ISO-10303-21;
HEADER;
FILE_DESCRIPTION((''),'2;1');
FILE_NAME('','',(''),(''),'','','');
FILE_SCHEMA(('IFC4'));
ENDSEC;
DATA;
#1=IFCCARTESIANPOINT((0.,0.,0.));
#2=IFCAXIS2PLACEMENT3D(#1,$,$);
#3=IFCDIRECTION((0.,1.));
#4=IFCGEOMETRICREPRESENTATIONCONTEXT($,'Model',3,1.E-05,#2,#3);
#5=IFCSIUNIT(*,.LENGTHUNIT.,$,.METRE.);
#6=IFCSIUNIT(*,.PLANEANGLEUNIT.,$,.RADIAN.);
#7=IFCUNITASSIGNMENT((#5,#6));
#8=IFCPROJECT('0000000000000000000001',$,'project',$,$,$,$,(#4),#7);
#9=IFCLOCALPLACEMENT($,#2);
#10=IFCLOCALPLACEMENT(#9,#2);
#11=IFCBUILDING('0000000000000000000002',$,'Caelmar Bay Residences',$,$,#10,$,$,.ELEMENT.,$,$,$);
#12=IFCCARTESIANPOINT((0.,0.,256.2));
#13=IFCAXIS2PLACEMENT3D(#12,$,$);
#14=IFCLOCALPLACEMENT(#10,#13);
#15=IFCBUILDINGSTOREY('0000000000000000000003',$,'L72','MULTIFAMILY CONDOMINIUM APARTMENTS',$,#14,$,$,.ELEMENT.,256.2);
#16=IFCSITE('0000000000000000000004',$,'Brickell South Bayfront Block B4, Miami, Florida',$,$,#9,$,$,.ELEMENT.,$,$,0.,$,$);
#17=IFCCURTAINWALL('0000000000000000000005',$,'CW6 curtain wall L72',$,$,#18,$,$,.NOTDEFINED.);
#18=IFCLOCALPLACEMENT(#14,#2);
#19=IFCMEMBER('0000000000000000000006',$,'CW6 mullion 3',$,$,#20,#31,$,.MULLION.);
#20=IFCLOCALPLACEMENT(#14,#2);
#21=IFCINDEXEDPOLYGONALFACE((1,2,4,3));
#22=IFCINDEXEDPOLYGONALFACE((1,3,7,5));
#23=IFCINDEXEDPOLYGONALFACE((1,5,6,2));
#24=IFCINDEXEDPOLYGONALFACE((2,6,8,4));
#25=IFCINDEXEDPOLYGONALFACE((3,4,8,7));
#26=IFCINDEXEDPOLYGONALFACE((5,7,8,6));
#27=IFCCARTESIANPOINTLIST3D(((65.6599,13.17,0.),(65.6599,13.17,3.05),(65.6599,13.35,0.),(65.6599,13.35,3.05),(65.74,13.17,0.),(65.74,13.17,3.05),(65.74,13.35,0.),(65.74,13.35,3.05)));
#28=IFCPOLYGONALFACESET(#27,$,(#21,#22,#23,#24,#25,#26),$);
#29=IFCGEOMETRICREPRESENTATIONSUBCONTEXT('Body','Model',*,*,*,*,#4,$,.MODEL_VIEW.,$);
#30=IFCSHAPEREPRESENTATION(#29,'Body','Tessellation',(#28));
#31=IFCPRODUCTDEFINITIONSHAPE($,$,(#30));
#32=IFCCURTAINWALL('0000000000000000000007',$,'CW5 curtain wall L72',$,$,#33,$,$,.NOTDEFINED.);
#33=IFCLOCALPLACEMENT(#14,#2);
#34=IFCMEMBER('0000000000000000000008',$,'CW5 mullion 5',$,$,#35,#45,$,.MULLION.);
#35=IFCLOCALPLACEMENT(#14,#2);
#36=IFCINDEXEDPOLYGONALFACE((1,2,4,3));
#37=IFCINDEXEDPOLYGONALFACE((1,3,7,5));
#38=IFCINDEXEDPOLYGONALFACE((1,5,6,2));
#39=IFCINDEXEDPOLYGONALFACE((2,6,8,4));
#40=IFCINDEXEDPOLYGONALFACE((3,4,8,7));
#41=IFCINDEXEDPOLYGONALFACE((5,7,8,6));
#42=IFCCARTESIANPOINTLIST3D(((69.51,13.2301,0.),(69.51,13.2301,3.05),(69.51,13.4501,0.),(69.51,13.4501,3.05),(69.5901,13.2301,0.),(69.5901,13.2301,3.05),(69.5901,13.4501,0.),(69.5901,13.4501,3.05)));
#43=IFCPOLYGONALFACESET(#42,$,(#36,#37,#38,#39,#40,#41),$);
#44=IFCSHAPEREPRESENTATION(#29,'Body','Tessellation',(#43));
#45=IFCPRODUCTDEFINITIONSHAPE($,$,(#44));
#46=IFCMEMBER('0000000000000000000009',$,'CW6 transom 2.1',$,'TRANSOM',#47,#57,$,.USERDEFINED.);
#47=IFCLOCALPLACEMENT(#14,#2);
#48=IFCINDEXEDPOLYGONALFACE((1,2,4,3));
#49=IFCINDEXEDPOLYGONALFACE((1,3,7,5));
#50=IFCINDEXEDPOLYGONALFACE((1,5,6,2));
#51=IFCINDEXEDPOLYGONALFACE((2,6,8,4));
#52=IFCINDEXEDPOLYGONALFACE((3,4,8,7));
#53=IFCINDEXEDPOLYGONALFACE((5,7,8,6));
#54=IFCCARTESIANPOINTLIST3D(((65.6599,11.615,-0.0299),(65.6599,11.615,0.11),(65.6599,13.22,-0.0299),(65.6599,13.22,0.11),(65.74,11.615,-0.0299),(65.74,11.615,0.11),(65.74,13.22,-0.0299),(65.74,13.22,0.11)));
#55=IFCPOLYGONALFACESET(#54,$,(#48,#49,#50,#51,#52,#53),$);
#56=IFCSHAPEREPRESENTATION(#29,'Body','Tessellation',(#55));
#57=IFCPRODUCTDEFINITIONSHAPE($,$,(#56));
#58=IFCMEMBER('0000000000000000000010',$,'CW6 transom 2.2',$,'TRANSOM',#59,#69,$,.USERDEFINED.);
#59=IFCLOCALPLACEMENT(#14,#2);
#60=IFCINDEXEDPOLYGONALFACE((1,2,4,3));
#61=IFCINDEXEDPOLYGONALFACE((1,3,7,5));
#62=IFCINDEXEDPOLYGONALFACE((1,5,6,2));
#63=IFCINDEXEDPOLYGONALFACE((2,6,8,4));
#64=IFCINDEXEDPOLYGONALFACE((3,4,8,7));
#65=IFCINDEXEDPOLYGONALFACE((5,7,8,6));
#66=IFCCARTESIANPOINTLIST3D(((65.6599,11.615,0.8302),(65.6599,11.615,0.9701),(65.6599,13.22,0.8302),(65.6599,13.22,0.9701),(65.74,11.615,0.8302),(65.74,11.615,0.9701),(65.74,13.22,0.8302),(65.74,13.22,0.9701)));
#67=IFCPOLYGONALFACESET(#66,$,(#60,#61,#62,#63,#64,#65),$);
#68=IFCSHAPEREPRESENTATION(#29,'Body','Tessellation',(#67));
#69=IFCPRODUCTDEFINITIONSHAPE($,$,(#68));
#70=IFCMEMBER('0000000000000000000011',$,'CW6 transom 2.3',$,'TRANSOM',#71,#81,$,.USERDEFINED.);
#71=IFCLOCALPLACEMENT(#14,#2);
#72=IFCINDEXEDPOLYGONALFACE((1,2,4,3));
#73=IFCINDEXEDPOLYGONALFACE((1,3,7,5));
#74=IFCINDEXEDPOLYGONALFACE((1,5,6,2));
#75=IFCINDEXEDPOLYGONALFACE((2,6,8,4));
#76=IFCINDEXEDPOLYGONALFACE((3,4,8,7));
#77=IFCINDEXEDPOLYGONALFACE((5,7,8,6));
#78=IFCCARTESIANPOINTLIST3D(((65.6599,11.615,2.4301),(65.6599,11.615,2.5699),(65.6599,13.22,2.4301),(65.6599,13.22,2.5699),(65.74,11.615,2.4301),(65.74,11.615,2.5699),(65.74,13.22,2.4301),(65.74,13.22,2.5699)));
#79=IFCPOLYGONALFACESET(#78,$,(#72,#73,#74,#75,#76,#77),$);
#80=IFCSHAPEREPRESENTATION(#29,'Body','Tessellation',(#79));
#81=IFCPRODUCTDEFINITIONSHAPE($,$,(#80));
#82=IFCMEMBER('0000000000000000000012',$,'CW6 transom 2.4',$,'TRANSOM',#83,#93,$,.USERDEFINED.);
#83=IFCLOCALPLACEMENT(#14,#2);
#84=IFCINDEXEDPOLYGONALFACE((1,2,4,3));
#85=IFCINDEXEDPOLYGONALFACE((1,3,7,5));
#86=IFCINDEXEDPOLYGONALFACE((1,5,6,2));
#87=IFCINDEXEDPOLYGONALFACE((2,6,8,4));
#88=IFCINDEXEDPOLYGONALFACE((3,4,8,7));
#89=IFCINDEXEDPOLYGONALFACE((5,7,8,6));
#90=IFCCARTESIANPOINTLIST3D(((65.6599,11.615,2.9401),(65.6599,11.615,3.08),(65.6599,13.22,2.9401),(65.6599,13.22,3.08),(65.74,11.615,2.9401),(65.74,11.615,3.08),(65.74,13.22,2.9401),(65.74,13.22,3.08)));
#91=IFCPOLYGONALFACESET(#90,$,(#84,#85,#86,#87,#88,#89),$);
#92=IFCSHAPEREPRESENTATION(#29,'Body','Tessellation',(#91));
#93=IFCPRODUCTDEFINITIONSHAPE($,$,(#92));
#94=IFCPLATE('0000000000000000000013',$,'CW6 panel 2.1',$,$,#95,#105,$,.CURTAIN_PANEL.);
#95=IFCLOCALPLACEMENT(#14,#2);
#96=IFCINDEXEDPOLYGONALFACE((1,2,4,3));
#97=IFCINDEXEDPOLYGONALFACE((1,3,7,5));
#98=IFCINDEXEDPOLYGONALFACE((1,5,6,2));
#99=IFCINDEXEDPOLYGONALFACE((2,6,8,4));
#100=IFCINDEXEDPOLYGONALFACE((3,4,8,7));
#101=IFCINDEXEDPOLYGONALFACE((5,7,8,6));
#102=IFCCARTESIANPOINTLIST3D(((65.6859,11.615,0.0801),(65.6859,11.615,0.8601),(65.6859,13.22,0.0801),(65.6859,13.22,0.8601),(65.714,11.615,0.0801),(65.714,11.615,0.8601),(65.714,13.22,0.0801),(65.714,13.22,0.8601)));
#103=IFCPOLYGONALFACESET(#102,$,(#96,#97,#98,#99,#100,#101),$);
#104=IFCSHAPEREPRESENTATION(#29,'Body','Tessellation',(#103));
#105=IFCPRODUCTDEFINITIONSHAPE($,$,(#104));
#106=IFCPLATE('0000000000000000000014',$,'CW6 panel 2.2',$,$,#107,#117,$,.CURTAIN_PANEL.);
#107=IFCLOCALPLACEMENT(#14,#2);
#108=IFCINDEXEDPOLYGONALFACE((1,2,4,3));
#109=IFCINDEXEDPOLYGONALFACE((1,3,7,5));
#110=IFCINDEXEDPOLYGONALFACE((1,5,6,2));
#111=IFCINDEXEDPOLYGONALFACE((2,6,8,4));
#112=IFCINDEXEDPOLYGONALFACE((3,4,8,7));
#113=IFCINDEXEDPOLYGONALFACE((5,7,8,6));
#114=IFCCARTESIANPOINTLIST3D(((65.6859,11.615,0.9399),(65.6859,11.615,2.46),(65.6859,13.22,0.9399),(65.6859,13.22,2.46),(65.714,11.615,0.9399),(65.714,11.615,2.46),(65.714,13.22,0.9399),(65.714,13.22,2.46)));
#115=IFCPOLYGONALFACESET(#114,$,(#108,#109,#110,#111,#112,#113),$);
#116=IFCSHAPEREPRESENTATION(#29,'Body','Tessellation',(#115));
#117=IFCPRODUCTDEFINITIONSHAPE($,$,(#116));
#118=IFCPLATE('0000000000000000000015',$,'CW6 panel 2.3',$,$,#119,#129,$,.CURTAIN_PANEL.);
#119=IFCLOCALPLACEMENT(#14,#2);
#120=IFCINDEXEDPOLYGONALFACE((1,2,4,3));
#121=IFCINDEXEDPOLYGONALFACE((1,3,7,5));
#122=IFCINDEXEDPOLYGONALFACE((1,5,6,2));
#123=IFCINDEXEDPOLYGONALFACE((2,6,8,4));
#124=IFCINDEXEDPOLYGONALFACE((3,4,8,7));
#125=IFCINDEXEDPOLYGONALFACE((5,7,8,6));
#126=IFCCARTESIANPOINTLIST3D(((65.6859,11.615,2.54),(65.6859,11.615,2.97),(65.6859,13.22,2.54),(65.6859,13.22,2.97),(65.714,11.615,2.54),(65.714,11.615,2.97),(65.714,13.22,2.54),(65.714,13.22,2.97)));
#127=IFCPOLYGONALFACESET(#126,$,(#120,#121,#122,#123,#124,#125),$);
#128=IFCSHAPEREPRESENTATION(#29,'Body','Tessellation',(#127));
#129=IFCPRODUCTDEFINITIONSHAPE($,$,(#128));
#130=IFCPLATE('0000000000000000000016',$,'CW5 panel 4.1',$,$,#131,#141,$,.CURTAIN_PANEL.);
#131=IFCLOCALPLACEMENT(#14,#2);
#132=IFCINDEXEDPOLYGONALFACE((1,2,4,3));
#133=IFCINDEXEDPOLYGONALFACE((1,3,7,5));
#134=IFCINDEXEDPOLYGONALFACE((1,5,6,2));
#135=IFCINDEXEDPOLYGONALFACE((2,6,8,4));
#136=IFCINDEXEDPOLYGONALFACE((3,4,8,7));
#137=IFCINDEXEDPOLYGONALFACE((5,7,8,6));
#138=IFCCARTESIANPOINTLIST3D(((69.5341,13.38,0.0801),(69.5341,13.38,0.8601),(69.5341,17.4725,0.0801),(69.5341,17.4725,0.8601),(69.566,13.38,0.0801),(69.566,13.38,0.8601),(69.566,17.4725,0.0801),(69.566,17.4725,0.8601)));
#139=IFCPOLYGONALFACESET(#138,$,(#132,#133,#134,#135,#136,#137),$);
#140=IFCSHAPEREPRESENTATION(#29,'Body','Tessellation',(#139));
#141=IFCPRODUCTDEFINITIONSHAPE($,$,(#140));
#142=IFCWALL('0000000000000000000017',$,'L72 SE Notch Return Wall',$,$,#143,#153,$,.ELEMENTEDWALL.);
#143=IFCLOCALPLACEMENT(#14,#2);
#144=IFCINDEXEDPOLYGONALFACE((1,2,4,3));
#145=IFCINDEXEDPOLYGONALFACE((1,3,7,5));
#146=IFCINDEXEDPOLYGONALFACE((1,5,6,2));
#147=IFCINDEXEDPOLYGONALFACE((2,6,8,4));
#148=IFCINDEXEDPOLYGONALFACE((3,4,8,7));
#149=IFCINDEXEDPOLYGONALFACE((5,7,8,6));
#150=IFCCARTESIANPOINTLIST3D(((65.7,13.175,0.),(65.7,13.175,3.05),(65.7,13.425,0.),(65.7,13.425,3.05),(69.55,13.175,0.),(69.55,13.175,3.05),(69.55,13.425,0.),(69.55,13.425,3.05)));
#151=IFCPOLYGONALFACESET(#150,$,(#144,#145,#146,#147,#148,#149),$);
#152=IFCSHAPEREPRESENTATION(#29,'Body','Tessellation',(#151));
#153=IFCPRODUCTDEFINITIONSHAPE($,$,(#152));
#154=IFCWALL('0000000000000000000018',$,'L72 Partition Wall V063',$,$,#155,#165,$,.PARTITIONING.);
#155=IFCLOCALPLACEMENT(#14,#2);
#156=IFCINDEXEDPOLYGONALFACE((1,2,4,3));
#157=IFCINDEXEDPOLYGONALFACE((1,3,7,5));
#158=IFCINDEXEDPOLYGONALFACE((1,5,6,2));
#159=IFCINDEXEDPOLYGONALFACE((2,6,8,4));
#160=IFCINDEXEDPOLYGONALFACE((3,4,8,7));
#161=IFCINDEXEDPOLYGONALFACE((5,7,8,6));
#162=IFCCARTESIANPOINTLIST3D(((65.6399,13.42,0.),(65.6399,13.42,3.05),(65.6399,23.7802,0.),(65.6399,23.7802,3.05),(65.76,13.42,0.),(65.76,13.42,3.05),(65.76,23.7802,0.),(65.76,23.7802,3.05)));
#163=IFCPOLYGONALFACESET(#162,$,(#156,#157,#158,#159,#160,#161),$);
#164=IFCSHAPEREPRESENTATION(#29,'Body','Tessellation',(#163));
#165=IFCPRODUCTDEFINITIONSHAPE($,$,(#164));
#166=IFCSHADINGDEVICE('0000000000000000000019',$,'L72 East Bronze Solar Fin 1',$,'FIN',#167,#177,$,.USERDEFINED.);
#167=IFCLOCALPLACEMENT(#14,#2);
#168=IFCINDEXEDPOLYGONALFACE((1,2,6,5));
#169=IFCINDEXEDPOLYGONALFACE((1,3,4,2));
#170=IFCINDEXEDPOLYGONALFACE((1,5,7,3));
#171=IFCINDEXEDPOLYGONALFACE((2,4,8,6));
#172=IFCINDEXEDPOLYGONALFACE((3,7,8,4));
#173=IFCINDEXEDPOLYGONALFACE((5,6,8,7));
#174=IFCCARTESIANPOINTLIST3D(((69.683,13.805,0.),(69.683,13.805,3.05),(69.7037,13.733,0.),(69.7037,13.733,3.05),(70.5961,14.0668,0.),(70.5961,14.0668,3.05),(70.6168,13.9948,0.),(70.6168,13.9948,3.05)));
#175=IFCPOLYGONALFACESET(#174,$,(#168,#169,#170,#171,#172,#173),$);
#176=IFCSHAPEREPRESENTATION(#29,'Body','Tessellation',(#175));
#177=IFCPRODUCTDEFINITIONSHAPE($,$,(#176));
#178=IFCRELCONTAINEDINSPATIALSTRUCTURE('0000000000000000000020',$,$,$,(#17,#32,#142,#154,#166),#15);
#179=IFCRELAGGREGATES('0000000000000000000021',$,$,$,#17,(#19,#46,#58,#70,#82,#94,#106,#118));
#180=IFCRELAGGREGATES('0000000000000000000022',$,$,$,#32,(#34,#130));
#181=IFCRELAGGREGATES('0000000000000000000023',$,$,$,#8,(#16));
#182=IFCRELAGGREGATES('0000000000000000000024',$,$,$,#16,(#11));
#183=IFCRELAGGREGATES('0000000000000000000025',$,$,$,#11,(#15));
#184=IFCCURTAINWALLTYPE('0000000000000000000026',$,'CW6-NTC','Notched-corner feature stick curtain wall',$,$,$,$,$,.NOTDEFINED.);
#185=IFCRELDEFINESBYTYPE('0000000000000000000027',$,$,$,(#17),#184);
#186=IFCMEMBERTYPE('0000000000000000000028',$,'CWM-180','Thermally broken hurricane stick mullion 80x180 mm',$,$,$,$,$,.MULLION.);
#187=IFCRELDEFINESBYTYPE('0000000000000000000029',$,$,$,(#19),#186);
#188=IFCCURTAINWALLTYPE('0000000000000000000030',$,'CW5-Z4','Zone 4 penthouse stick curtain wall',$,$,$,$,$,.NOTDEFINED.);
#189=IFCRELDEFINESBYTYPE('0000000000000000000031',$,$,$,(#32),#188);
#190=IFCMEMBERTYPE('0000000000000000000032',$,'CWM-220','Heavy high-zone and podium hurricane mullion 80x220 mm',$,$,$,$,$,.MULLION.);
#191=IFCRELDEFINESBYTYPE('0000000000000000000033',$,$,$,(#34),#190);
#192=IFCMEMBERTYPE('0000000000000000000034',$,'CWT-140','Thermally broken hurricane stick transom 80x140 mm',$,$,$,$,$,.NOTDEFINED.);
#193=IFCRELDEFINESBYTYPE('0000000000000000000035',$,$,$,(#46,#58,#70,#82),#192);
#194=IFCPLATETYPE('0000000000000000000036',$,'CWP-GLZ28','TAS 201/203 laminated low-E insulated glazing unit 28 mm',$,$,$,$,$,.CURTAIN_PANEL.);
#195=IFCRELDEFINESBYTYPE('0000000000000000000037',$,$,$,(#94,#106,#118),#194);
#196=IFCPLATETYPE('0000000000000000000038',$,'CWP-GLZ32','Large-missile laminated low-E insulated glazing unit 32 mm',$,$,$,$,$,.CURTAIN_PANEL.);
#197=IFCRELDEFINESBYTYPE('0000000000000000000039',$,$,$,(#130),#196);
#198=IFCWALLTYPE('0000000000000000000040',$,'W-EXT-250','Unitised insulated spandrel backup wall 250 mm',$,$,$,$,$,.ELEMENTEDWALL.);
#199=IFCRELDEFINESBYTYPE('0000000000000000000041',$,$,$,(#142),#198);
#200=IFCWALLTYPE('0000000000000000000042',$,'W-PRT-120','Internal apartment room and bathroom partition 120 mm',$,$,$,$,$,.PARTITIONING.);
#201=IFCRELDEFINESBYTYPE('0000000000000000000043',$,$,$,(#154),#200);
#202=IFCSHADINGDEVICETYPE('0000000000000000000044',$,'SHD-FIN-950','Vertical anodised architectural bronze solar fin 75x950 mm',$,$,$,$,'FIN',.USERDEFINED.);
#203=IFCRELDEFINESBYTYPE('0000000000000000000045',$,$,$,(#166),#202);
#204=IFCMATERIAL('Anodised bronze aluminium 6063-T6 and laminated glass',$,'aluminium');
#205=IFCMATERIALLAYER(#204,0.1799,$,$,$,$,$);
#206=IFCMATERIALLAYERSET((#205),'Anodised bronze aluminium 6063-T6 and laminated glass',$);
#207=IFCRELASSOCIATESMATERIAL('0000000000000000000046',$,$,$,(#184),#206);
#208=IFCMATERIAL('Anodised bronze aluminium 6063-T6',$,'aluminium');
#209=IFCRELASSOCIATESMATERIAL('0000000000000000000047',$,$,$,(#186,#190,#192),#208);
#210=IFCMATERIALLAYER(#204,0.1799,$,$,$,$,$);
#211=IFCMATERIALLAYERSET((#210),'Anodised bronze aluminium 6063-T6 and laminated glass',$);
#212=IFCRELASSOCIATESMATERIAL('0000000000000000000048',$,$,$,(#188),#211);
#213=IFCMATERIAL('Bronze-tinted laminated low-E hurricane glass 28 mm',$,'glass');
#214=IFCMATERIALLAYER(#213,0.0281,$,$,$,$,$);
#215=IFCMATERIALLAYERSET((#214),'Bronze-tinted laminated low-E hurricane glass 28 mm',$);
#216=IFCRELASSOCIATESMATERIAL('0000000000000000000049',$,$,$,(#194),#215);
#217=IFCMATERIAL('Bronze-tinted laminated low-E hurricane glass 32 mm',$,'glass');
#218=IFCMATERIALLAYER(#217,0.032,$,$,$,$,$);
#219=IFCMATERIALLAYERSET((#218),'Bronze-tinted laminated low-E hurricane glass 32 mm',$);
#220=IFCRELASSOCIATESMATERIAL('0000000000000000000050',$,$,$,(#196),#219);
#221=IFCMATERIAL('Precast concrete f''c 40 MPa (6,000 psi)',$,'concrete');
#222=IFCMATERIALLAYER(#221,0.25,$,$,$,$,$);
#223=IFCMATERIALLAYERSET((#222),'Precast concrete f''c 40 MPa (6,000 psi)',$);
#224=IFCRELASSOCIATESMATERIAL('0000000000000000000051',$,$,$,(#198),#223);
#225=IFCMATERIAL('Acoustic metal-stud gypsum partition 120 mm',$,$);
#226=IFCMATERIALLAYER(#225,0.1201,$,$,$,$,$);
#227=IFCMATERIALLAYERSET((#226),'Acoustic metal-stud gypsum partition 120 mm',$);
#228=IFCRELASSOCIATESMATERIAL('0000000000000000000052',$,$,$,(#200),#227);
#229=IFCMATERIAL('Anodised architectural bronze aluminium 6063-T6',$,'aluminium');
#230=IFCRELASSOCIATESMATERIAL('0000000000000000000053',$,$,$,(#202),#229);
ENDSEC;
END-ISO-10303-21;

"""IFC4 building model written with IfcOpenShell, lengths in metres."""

from ifc_helpers import new_model, si_unit, direction, frame, frame_2d, origin, origin_2d, place, context, subcontext, project, spatial, rectangle, extrude, material, layer, layer_set, material_profile, profile_set, type_object, element, aggregate, save


model = new_model("IFC4")

# Units and contexts
model_context = context("Model", 3, precision=1e-05, world=origin(), true_north=direction((0.0, 1.0)))
body_context = subcontext(model_context, "Body", "Model", "MODEL_VIEW")
ifc_project = project(units=[si_unit("LENGTHUNIT", "METRE"), si_unit("PLANEANGLEUNIT", "RADIAN")], contexts=[model_context])

# Site, building, storey
site_placement = place(None, origin())
site = spatial("IfcSite", under=ifc_project, at=site_placement, Name="Brickell South Bayfront Block B4, Miami, Florida", CompositionType="ELEMENT", RefElevation=0.0)
building_placement = place(site_placement, origin())
building = spatial("IfcBuilding", under=site, at=building_placement, Name="Caelmar Bay Residences", CompositionType="ELEMENT")
storey_placement = place(building_placement, frame((0.0, 0.0, 256.2)))
storey = spatial("IfcBuildingStorey", under=building, at=storey_placement, Name="L72", Description="MULTIFAMILY CONDOMINIUM APARTMENTS", CompositionType="ELEMENT", Elevation=256.2)

# Curtain walls, members
ifc_material_1 = material(Name="Anodised bronze aluminium 6063-T6 and laminated glass", Category="aluminium")
ifc_layer_1 = layer(ifc_material_1, 0.1799)
ifc_layer_set_1 = layer_set([ifc_layer_1], Name="Anodised bronze aluminium 6063-T6 and laminated glass")
curtain_wall_type_1 = type_object("IfcCurtainWallType", Name="CW6-NTC", Description="Notched-corner feature stick curtain wall", PredefinedType="NOTDEFINED", material=ifc_layer_set_1)
curtain_wall_1_placement = place(storey_placement, origin())
curtain_wall_1 = element("IfcCurtainWall", 1, at=curtain_wall_1_placement, inside=storey, type_object=curtain_wall_type_1, Name="CW6 curtain wall L72", PredefinedType="NOTDEFINED")
ifc_material_2 = material(Name="Anodised bronze aluminium 6063-T6", Category="aluminium")
ifc_material_profile_1 = material_profile(ifc_material_2, rectangle(XDim=0.0801, YDim=0.1799, at=origin_2d()), Name="CWM-80X180")
ifc_profile_set_1 = profile_set([ifc_material_profile_1], Name="Anodised bronze aluminium 6063-T6")
member_type_1 = type_object("IfcMemberType", Name="CWM-180", Description="Thermally broken hurricane stick mullion 80x180 mm", PredefinedType="MULLION", material=ifc_profile_set_1)
member_1_placement = place(storey_placement, frame((65.7, 13.26, 0.0), z_axis=(0.0, 0.0, 1.0), x_axis=(-1.0, 0.0, 0.0)))
member_1 = element("IfcMember", 2, at=member_1_placement, type_object=member_type_1, Name="CW6 mullion 3", PredefinedType="MULLION", context=body_context, shape_type="SweptSolid", body=[
    extrude(rectangle(XDim=0.0801, YDim=0.1799, at=origin_2d()), origin(), (0.0, 0.0, 1.0), 3.05),
])
ifc_layer_2 = layer(ifc_material_1, 0.1799)
ifc_layer_set_2 = layer_set([ifc_layer_2], Name="Anodised bronze aluminium 6063-T6 and laminated glass")
curtain_wall_type_2 = type_object("IfcCurtainWallType", Name="CW5-Z4", Description="Zone 4 penthouse stick curtain wall", PredefinedType="NOTDEFINED", material=ifc_layer_set_2)
curtain_wall_2_placement = place(storey_placement, origin())
curtain_wall_2 = element("IfcCurtainWall", 3, at=curtain_wall_2_placement, inside=storey, type_object=curtain_wall_type_2, Name="CW5 curtain wall L72", PredefinedType="NOTDEFINED")
ifc_material_profile_2 = material_profile(ifc_material_2, rectangle(XDim=0.0801, YDim=0.22, at=origin_2d()), Name="CWM-80X220")
ifc_profile_set_2 = profile_set([ifc_material_profile_2], Name="Anodised bronze aluminium 6063-T6")
member_type_2 = type_object("IfcMemberType", Name="CWM-220", Description="Heavy high-zone and podium hurricane mullion 80x220 mm", PredefinedType="MULLION", material=ifc_profile_set_2)
member_2_placement = place(storey_placement, frame((69.55, 13.3401, 0.0), z_axis=(0.0, 0.0, 1.0), x_axis=(1.0, 0.0, 0.0)))
member_2 = element("IfcMember", 4, at=member_2_placement, type_object=member_type_2, Name="CW5 mullion 5", PredefinedType="MULLION", context=body_context, shape_type="SweptSolid", body=[
    extrude(rectangle(XDim=0.0801, YDim=0.22, at=origin_2d()), origin(), (0.0, 0.0, 1.0), 3.05),
])

# Members
ifc_material_profile_3 = material_profile(ifc_material_2, rectangle(XDim=0.0801, YDim=0.1399, at=origin_2d()), Name="CWT-80X140")
ifc_profile_set_3 = profile_set([ifc_material_profile_3], Name="Anodised bronze aluminium 6063-T6")
member_type_3 = type_object("IfcMemberType", Name="CWT-140", Description="Thermally broken hurricane stick transom 80x140 mm", PredefinedType="NOTDEFINED", material=ifc_profile_set_3)
member_3_placement = place(storey_placement, frame((65.7, 11.615, 0.04), z_axis=(0.0, 1.0, 0.0), x_axis=(-1.0, 0.0, 0.0)))
member_3 = element("IfcMember", 5, at=member_3_placement, type_object=member_type_3, Name="CW6 transom 2.1", ObjectType="TRANSOM", PredefinedType="USERDEFINED", context=body_context, shape_type="SweptSolid", body=[
    extrude(rectangle(XDim=0.0801, YDim=0.1399, at=origin_2d()), origin(), (0.0, 0.0, 1.0), 1.605),
])
member_4_placement = place(storey_placement, frame((65.7, 11.615, 0.9001), z_axis=(0.0, 1.0, 0.0), x_axis=(-1.0, 0.0, 0.0)))
member_4 = element("IfcMember", 6, at=member_4_placement, type_object=member_type_3, Name="CW6 transom 2.2", ObjectType="TRANSOM", PredefinedType="USERDEFINED", context=body_context, shape_type="SweptSolid", body=[
    extrude(rectangle(XDim=0.0801, YDim=0.1399, at=origin_2d()), origin(), (0.0, 0.0, 1.0), 1.605),
])
member_5_placement = place(storey_placement, frame((65.7, 11.615, 2.5), z_axis=(0.0, 1.0, 0.0), x_axis=(-1.0, 0.0, 0.0)))
member_5 = element("IfcMember", 7, at=member_5_placement, type_object=member_type_3, Name="CW6 transom 2.3", ObjectType="TRANSOM", PredefinedType="USERDEFINED", context=body_context, shape_type="SweptSolid", body=[
    extrude(rectangle(XDim=0.0801, YDim=0.1399, at=origin_2d()), origin(), (0.0, 0.0, 1.0), 1.605),
])
member_6_placement = place(storey_placement, frame((65.7, 11.615, 3.01), z_axis=(0.0, 1.0, 0.0), x_axis=(-1.0, 0.0, 0.0)))
member_6 = element("IfcMember", 8, at=member_6_placement, type_object=member_type_3, Name="CW6 transom 2.4", ObjectType="TRANSOM", PredefinedType="USERDEFINED", context=body_context, shape_type="SweptSolid", body=[
    extrude(rectangle(XDim=0.0801, YDim=0.1399, at=origin_2d()), origin(), (0.0, 0.0, 1.0), 1.605),
])

# Plates
ifc_material_3 = material(Name="Bronze-tinted laminated low-E hurricane glass 28 mm", Category="glass")
ifc_layer_3 = layer(ifc_material_3, 0.0281)
ifc_layer_set_3 = layer_set([ifc_layer_3], Name="Bronze-tinted laminated low-E hurricane glass 28 mm")
plate_type_1 = type_object("IfcPlateType", Name="CWP-GLZ28", Description="TAS 201/203 laminated low-E insulated glazing unit 28 mm", PredefinedType="CURTAIN_PANEL", material=ifc_layer_set_3)
plate_1_placement = place(storey_placement, frame((65.7, 12.4175, 0.0801), z_axis=(0.0, 0.0, 1.0), x_axis=(0.0, 1.0, 0.0)))
plate_1 = element("IfcPlate", 9, at=plate_1_placement, type_object=plate_type_1, Name="CW6 panel 2.1", PredefinedType="CURTAIN_PANEL", context=body_context, shape_type="SweptSolid", body=[
    extrude(rectangle(XDim=1.605, YDim=0.0281, at=origin_2d()), origin(), (0.0, 0.0, 1.0), 0.78),
])
plate_2_placement = place(storey_placement, frame((65.7, 12.4175, 0.9399), z_axis=(0.0, 0.0, 1.0), x_axis=(0.0, 1.0, 0.0)))
plate_2 = element("IfcPlate", 10, at=plate_2_placement, type_object=plate_type_1, Name="CW6 panel 2.2", PredefinedType="CURTAIN_PANEL", context=body_context, shape_type="SweptSolid", body=[
    extrude(rectangle(XDim=1.605, YDim=0.0281, at=origin_2d()), origin(), (0.0, 0.0, 1.0), 1.52),
])
plate_3_placement = place(storey_placement, frame((65.7, 12.4175, 2.54), z_axis=(0.0, 0.0, 1.0), x_axis=(0.0, 1.0, 0.0)))
plate_3 = element("IfcPlate", 11, at=plate_3_placement, type_object=plate_type_1, Name="CW6 panel 2.3", PredefinedType="CURTAIN_PANEL", context=body_context, shape_type="SweptSolid", body=[
    extrude(rectangle(XDim=1.605, YDim=0.0281, at=origin_2d()), origin(), (0.0, 0.0, 1.0), 0.4299),
])
aggregate(curtain_wall_1, [member_1, member_3, member_4, member_5, member_6, plate_1, plate_2, plate_3])
ifc_material_4 = material(Name="Bronze-tinted laminated low-E hurricane glass 32 mm", Category="glass")
ifc_layer_4 = layer(ifc_material_4, 0.032)
ifc_layer_set_4 = layer_set([ifc_layer_4], Name="Bronze-tinted laminated low-E hurricane glass 32 mm")
plate_type_2 = type_object("IfcPlateType", Name="CWP-GLZ32", Description="Large-missile laminated low-E insulated glazing unit 32 mm", PredefinedType="CURTAIN_PANEL", material=ifc_layer_set_4)
plate_4_placement = place(storey_placement, frame((69.55, 15.4263, 0.0801), z_axis=(0.0, 0.0, 1.0), x_axis=(0.0, -1.0, 0.0)))
plate_4 = element("IfcPlate", 12, at=plate_4_placement, type_object=plate_type_2, Name="CW5 panel 4.1", PredefinedType="CURTAIN_PANEL", context=body_context, shape_type="SweptSolid", body=[
    extrude(rectangle(XDim=4.0925, YDim=0.032, at=origin_2d()), origin(), (0.0, 0.0, 1.0), 0.78),
])
aggregate(curtain_wall_2, [member_2, plate_4])

# Walls
ifc_material_5 = material(Name="Precast concrete f'c 40 MPa (6,000 psi)", Category="concrete")
ifc_layer_5 = layer(ifc_material_5, 0.25)
ifc_layer_set_5 = layer_set([ifc_layer_5], Name="Precast concrete f'c 40 MPa (6,000 psi)")
wall_type_1 = type_object("IfcWallType", Name="W-EXT-250", Description="Unitised insulated spandrel backup wall 250 mm", PredefinedType="ELEMENTEDWALL", material=ifc_layer_set_5)
wall_1_placement = place(storey_placement, frame((65.7, 13.3, 0.0), z_axis=(0.0, 0.0, 1.0), x_axis=(1.0, 0.0, 0.0)))
element("IfcWall", 13, at=wall_1_placement, inside=storey, type_object=wall_type_1, Name="L72 SE Notch Return Wall", PredefinedType="ELEMENTEDWALL", context=body_context, shape_type="SweptSolid", body=[
    extrude(rectangle(XDim=3.8501, YDim=0.25, at=frame_2d((1.925, 0.0))), origin(), (0.0, 0.0, 1.0), 3.05),
])
ifc_material_6 = material(Name="Acoustic metal-stud gypsum partition 120 mm")
ifc_layer_6 = layer(ifc_material_6, 0.1201)
ifc_layer_set_6 = layer_set([ifc_layer_6], Name="Acoustic metal-stud gypsum partition 120 mm")
wall_type_2 = type_object("IfcWallType", Name="W-PRT-120", Description="Internal apartment room and bathroom partition 120 mm", PredefinedType="PARTITIONING", material=ifc_layer_set_6)
wall_2_placement = place(storey_placement, frame((65.7, 13.4199, 0.0), z_axis=(0.0, 0.0, 1.0), x_axis=(0.0, 1.0, 0.0)))
element("IfcWall", 14, at=wall_2_placement, inside=storey, type_object=wall_type_2, Name="L72 Partition Wall V063", PredefinedType="PARTITIONING", context=body_context, shape_type="SweptSolid", body=[
    extrude(rectangle(XDim=10.3601, YDim=0.1201, at=frame_2d((5.1802, 0.0))), origin(), (0.0, 0.0, 1.0), 3.05),
])

# Shading device
ifc_material_7 = material(Name="Anodised architectural bronze aluminium 6063-T6", Category="aluminium")
ifc_material_profile_4 = material_profile(ifc_material_7, rectangle(XDim=0.075, YDim=0.95, at=origin_2d()), Name="BRONZE-FIN-75X950")
ifc_profile_set_4 = profile_set([ifc_material_profile_4], Name="Anodised architectural bronze aluminium 6063-T6")
shading_device_type = type_object("IfcShadingDeviceType", Name="SHD-FIN-950", Description="Vertical anodised architectural bronze solar fin 75x950 mm", ElementType="FIN", PredefinedType="USERDEFINED", material=ifc_profile_set_4)
shading_device_placement = place(storey_placement, frame((70.1499, 13.8999, 0.0), z_axis=(0.0, 0.0, 1.0), x_axis=(-0.275637, 0.961262, 0.0)))
element("IfcShadingDevice", 15, at=shading_device_placement, inside=storey, type_object=shading_device_type, Name="L72 East Bronze Solar Fin 1", ObjectType="FIN", PredefinedType="USERDEFINED", context=body_context, shape_type="SweptSolid", body=[
    extrude(rectangle(XDim=0.075, YDim=0.95, at=origin_2d()), origin(), (0.0, 0.0, 1.0), 3.05),
])

save(model, "model.ifc")
